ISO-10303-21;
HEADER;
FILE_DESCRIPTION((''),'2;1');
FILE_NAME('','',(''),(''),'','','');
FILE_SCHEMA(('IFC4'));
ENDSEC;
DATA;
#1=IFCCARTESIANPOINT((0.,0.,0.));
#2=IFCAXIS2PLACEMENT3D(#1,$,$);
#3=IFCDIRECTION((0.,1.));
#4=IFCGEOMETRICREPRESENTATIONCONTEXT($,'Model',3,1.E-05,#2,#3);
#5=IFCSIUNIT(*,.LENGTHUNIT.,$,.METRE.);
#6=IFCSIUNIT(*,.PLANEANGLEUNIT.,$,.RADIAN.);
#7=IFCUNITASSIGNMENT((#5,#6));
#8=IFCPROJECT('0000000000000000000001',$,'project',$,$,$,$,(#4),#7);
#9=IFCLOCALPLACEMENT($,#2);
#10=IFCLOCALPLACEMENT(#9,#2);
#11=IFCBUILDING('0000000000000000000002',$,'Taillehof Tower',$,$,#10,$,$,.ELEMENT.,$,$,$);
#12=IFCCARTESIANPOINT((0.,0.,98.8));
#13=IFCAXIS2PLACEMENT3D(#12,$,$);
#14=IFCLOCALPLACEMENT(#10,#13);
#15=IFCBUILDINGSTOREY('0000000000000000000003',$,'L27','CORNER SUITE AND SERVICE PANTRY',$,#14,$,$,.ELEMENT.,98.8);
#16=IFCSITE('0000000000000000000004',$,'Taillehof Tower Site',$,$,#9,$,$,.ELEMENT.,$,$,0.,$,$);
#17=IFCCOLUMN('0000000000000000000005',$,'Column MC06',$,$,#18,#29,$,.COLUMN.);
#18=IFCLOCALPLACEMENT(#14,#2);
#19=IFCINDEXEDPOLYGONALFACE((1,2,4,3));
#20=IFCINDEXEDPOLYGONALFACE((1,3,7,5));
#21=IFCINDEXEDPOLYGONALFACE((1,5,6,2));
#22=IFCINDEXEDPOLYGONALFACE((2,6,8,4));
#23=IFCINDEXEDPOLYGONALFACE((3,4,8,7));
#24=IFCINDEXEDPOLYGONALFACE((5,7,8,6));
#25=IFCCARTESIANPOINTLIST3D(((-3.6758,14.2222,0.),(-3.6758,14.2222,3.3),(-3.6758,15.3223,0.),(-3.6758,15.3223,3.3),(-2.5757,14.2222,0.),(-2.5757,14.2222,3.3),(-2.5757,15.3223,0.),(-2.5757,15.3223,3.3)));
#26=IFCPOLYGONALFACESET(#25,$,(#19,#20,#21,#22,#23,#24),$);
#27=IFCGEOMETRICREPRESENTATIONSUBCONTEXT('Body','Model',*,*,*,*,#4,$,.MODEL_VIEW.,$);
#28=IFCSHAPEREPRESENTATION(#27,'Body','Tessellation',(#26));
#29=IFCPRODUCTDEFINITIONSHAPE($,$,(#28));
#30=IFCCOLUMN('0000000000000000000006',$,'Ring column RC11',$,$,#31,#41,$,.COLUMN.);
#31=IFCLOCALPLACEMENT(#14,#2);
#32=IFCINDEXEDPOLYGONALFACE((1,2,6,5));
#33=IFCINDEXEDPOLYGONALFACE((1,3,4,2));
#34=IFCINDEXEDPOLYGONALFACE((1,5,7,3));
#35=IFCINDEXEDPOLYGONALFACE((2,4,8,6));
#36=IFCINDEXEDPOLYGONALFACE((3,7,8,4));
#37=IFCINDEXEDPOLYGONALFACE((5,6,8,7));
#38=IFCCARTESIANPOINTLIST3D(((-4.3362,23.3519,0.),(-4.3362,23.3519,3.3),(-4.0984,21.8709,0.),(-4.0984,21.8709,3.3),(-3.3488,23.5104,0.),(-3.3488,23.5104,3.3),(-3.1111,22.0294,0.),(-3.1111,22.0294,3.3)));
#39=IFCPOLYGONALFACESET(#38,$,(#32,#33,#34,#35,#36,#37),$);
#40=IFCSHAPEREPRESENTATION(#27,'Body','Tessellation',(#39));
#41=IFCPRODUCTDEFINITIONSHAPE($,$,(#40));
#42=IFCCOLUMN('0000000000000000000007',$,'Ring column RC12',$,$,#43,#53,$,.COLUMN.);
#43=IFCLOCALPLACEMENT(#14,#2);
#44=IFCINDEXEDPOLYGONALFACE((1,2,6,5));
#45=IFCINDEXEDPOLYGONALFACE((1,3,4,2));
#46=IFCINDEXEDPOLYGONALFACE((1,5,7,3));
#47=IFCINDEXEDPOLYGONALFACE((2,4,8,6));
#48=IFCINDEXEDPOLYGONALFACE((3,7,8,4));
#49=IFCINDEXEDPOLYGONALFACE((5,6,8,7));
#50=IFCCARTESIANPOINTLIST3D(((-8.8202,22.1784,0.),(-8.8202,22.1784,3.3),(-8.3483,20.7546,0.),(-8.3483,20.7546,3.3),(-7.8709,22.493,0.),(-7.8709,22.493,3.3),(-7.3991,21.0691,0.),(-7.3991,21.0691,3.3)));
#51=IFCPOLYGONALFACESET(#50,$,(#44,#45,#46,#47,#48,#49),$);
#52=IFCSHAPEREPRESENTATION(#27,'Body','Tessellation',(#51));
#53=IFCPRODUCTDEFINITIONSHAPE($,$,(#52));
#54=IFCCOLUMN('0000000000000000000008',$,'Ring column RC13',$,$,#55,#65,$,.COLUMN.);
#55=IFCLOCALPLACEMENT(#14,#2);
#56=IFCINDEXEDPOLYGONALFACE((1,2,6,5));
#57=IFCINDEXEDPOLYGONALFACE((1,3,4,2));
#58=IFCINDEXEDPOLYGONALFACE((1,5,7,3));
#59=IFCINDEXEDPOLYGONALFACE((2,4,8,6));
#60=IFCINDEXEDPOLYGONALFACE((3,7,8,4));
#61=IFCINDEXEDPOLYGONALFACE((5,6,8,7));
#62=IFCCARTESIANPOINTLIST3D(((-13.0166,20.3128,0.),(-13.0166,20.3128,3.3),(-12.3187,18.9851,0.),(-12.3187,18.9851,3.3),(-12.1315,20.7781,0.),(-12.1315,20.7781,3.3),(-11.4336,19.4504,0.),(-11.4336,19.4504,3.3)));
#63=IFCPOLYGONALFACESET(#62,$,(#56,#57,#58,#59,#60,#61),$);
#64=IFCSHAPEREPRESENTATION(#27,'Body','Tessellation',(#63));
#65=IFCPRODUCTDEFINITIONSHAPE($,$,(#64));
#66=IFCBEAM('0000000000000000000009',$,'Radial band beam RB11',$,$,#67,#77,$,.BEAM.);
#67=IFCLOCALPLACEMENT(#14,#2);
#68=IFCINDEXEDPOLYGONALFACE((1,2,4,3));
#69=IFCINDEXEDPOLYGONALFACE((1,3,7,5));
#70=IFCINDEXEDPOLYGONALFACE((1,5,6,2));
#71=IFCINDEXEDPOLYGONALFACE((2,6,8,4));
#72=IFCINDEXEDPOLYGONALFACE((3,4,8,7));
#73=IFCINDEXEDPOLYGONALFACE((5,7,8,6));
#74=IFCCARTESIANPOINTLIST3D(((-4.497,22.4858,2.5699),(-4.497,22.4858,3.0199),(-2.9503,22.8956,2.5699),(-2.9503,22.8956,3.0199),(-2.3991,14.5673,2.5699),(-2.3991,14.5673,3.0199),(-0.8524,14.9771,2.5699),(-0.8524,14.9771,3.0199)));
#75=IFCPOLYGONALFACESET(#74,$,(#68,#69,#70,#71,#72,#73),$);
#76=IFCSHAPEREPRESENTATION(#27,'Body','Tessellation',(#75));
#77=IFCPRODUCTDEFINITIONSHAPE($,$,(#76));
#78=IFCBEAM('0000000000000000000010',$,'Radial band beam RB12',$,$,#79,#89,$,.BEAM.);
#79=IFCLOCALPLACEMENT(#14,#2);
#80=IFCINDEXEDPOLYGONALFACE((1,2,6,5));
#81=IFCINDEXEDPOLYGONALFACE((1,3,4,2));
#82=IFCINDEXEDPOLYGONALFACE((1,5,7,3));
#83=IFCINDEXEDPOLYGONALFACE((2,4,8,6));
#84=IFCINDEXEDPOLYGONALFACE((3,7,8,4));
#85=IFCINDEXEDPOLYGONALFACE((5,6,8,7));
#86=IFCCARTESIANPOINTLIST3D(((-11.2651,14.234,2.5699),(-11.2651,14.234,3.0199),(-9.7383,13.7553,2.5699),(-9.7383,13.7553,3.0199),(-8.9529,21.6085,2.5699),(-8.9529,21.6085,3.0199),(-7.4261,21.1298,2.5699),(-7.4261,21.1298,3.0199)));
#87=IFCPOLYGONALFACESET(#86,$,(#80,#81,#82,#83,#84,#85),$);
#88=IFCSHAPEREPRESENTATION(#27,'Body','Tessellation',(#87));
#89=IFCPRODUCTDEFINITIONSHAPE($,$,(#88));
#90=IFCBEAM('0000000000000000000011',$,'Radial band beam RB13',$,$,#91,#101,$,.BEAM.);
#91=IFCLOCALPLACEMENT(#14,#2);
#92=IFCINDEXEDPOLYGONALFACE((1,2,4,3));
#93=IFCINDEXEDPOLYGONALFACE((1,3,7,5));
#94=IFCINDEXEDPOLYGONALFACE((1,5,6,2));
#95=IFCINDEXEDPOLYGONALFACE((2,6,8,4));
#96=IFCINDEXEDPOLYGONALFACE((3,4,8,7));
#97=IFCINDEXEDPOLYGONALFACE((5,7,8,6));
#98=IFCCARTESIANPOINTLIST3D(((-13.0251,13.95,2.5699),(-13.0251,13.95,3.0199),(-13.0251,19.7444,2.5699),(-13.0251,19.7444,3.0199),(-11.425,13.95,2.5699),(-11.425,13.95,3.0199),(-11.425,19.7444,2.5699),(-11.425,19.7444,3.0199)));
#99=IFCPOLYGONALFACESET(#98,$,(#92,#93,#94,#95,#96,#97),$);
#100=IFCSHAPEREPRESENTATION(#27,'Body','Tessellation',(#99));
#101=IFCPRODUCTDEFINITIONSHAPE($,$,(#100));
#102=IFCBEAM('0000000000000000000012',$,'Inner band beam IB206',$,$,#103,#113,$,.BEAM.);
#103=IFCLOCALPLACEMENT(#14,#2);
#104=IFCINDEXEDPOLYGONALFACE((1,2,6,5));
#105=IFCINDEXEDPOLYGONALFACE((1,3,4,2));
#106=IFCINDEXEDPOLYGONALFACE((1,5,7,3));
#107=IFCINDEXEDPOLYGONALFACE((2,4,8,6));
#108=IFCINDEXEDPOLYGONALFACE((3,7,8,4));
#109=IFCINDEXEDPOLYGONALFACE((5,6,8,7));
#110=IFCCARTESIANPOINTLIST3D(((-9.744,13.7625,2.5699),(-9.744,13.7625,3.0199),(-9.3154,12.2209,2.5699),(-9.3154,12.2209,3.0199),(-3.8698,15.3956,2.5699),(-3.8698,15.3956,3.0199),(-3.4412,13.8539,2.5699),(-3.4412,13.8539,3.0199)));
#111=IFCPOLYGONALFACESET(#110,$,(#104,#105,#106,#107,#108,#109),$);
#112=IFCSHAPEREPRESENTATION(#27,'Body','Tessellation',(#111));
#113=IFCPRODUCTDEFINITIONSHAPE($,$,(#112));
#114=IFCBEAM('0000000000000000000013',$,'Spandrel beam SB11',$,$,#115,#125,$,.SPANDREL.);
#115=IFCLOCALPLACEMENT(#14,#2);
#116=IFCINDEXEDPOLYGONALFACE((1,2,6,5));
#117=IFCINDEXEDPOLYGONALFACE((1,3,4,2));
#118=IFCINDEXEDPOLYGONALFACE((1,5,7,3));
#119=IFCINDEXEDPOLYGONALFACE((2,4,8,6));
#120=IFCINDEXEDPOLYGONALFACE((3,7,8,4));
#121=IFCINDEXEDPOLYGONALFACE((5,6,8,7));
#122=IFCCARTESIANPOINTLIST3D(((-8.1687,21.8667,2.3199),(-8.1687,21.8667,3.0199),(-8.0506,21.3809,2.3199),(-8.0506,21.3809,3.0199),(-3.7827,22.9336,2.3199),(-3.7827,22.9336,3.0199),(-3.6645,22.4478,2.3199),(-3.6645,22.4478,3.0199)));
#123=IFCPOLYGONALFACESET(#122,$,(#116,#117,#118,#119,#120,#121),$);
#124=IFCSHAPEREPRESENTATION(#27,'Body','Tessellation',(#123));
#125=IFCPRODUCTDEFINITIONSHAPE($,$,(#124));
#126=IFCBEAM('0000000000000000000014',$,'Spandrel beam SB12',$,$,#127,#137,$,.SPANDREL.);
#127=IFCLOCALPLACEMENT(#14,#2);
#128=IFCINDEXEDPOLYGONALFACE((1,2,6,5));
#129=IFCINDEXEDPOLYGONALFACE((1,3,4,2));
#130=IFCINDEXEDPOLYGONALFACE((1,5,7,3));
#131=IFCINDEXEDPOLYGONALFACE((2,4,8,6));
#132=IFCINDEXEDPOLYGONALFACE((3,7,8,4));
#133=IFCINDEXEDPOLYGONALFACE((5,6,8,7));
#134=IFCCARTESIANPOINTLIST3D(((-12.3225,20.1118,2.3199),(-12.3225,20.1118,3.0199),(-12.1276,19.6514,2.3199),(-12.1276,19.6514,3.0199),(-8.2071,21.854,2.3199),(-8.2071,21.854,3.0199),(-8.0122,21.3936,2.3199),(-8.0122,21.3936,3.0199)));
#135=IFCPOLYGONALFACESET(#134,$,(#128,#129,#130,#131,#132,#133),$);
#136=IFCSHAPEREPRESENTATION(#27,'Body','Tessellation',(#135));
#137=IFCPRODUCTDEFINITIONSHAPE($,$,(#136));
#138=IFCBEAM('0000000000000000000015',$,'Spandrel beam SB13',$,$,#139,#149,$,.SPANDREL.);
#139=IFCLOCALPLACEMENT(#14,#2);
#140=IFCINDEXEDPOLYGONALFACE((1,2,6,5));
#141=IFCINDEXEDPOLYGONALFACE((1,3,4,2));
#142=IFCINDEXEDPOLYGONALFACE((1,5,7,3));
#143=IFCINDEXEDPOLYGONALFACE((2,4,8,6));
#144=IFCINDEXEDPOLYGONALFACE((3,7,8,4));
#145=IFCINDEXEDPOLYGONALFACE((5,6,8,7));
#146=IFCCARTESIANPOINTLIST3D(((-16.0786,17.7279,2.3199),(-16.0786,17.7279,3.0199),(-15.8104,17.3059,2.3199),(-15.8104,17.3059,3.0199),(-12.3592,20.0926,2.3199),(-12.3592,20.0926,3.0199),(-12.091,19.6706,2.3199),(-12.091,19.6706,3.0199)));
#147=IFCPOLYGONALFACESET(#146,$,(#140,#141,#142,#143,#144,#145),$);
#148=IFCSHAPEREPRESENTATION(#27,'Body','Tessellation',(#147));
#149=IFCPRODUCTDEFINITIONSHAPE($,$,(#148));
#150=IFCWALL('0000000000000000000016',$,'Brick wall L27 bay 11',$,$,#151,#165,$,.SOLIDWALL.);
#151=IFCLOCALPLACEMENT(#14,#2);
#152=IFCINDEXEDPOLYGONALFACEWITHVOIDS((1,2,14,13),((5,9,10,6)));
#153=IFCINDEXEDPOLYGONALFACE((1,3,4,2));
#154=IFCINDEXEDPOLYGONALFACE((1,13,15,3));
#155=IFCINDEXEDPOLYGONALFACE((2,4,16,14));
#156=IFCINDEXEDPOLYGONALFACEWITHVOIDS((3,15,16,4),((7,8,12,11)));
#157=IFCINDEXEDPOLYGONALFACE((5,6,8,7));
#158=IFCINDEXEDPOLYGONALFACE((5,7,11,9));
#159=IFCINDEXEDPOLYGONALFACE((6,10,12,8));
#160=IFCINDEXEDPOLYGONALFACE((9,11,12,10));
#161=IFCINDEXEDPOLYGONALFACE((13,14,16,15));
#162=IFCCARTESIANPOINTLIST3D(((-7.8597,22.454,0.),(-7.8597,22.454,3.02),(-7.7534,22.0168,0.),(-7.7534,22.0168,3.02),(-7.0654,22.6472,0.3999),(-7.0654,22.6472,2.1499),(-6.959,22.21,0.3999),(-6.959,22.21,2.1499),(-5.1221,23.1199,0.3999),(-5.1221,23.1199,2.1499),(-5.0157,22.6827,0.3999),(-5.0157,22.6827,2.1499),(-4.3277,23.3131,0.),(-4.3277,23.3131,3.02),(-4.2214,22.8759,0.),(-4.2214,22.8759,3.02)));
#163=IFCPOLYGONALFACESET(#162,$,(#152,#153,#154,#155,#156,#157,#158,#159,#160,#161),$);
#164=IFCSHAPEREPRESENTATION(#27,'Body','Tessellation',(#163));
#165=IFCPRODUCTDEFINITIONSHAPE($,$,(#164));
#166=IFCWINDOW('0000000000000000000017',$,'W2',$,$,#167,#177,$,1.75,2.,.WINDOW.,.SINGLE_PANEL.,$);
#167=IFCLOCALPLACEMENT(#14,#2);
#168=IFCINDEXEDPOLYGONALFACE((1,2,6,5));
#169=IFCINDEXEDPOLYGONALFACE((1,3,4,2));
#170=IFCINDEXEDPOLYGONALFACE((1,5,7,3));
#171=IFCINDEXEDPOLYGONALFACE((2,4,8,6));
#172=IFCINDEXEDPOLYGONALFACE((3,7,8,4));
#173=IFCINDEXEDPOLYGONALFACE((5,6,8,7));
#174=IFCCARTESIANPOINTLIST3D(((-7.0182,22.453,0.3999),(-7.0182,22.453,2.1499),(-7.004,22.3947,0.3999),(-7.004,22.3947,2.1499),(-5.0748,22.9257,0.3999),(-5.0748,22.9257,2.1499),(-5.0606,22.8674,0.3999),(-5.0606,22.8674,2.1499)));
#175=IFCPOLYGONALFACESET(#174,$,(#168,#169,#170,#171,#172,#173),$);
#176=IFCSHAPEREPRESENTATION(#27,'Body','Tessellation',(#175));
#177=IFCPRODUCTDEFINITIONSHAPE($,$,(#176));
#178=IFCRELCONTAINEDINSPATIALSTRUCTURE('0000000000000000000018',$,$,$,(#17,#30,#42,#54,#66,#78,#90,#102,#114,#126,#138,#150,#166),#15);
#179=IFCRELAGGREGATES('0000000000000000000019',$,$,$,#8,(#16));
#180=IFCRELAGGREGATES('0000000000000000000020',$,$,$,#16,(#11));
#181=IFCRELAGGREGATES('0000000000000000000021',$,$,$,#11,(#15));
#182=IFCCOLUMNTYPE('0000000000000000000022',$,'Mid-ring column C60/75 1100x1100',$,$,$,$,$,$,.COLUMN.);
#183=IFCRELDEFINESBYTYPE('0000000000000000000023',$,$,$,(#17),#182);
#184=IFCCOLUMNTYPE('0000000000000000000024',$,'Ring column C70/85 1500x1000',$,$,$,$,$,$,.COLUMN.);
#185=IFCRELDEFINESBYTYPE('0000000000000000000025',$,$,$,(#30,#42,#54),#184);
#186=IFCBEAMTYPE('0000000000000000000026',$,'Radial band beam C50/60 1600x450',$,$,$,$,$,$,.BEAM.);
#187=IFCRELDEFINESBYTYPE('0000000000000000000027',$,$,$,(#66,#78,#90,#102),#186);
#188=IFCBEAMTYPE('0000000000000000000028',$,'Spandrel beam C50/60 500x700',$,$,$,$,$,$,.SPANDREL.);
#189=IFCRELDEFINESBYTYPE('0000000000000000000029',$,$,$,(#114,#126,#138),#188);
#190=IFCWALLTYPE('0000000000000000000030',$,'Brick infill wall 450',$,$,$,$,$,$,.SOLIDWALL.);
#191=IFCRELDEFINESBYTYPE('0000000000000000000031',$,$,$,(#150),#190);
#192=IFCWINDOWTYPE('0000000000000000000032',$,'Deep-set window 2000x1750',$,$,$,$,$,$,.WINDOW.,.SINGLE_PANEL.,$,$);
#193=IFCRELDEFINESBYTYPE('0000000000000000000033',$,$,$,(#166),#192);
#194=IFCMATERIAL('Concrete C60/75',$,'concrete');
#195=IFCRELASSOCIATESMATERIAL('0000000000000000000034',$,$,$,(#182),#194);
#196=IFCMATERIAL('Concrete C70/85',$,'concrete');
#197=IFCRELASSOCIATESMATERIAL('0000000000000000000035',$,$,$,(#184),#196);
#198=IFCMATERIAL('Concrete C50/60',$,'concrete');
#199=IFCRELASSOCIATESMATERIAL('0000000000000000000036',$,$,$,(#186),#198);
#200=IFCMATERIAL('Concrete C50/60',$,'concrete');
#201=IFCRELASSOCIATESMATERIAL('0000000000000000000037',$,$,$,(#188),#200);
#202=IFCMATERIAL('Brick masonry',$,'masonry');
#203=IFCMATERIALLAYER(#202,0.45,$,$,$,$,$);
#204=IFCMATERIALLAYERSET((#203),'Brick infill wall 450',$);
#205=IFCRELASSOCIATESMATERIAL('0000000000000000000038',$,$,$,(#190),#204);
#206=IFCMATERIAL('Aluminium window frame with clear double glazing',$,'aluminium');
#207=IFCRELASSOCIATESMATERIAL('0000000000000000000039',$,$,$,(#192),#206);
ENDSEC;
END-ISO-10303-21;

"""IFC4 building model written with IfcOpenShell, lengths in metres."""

from ifc_helpers import new_model, si_unit, direction, frame, frame_2d, origin, origin_2d, place, context, subcontext, project, spatial, rectangle, extrude, material, layer, layer_set, material_profile, profile_set, type_object, element, fill, save


model = new_model("IFC4")

# Units and contexts
model_context = context("Model", 3, precision=1e-05, world=origin(), true_north=direction((0.0, 1.0)))
body_context = subcontext(model_context, "Body", "Model", "MODEL_VIEW")
ifc_project = project(units=[si_unit("LENGTHUNIT", "METRE"), si_unit("PLANEANGLEUNIT", "RADIAN")], contexts=[model_context])

# Site, building, storey
site_placement = place(None, origin())
site = spatial("IfcSite", under=ifc_project, at=site_placement, Name="Taillehof Tower Site", CompositionType="ELEMENT", RefElevation=0.0)
building_placement = place(site_placement, origin())
building = spatial("IfcBuilding", under=site, at=building_placement, Name="Taillehof Tower", CompositionType="ELEMENT")
storey_placement = place(building_placement, frame((0.0, 0.0, 98.8)))
storey = spatial("IfcBuildingStorey", under=building, at=storey_placement, Name="L27", Description="CORNER SUITE AND SERVICE PANTRY", CompositionType="ELEMENT", Elevation=98.8)

# Columns
ifc_material_1 = material(Name="Concrete C60/75", Category="concrete")
ifc_material_profile_1 = material_profile(ifc_material_1, rectangle(XDim=1.1001, YDim=1.1001, at=origin_2d()), Name="RC 1100x1100")
ifc_profile_set_1 = profile_set([ifc_material_profile_1], Name="Concrete C60/75")
column_type_1 = type_object("IfcColumnType", Name="Mid-ring column C60/75 1100x1100", PredefinedType="COLUMN", material=ifc_profile_set_1)
column_placement = place(storey_placement, frame((-3.1257, 14.7722, 0.0), z_axis=(0.0, 0.0, 1.0), x_axis=(1.0, 0.0, 0.0)))
element("IfcColumn", 1, at=column_placement, inside=storey, type_object=column_type_1, Name="Column MC06", PredefinedType="COLUMN", context=body_context, shape_type="SweptSolid", body=[
    extrude(rectangle(XDim=1.1001, YDim=1.1001, at=origin_2d()), origin(), (0.0, 0.0, 1.0), 3.3),
])
ifc_material_2 = material(Name="Concrete C70/85", Category="concrete")
ifc_material_profile_2 = material_profile(ifc_material_2, rectangle(XDim=1.5, YDim=1.0, at=origin_2d()), Name="RC 1500x1000")
ifc_profile_set_2 = profile_set([ifc_material_profile_2], Name="Concrete C70/85")
column_type_2 = type_object("IfcColumnType", Name="Ring column C70/85 1500x1000", PredefinedType="COLUMN", material=ifc_profile_set_2)
for number, where, z_axis, x_axis, name in (
    (2, (-3.7236, 22.6907, 0.0), (0.0, 0.0, 1.0), (-0.158507, 0.987358, 0.0), "Ring column RC11"),
    (3, (-8.1096, 21.6238, 0.0), (0.0, 0.0, 1.0), (-0.314555, 0.949239, 0.0), "Ring column RC12"),
    (4, (-12.2251, 19.8816, 0.0), (0.0, 0.0, 1.0), (-0.465283, 0.885162, 0.0), "Ring column RC13"),
):
    element("IfcColumn", number, at=place(storey_placement, frame(where, z_axis=z_axis, x_axis=x_axis)), inside=storey, type_object=column_type_2, Name=name, PredefinedType="COLUMN", context=body_context, shape_type="SweptSolid", body=[
        extrude(rectangle(XDim=1.5, YDim=1.0, at=origin_2d()), origin(), (0.0, 0.0, 1.0), 3.3),
    ])

# Beams
ifc_material_3 = material(Name="Concrete C50/60", Category="concrete")
ifc_material_profile_3 = material_profile(ifc_material_3, rectangle(XDim=1.6001, YDim=0.45, at=origin_2d()), Name="RC 1600x450")
ifc_profile_set_3 = profile_set([ifc_material_profile_3], Name="Concrete C50/60")
beam_type_1 = type_object("IfcBeamType", Name="Radial band beam C50/60 1600x450", PredefinedType="BEAM", material=ifc_profile_set_3)
beam_1_placement = place(storey_placement, frame((-3.7236, 22.6907, 2.7949), z_axis=(0.256102, -0.96665, 0.0), x_axis=(0.96665, 0.256102, 0.0)))
element("IfcBeam", 5, at=beam_1_placement, inside=storey, type_object=beam_type_1, Name="Radial band beam RB11", PredefinedType="BEAM", context=body_context, shape_type="SweptSolid", body=[
    extrude(rectangle(XDim=1.6001, YDim=0.45, at=origin_2d()), origin(), (0.0, 0.0, 1.0), 8.1917),
])
beam_2_placement = place(storey_placement, frame((-8.1895, 21.3691, 2.7949), z_axis=(-0.299185, -0.954195, 0.0), x_axis=(0.954195, -0.299185, 0.0)))
element("IfcBeam", 6, at=beam_2_placement, inside=storey, type_object=beam_type_1, Name="Radial band beam RB12", PredefinedType="BEAM", context=body_context, shape_type="SweptSolid", body=[
    extrude(rectangle(XDim=1.6001, YDim=0.45, at=origin_2d()), origin(), (0.0, 0.0, 1.0), 7.7285),
])
beam_3_placement = place(storey_placement, frame((-12.2251, 19.7444, 2.7949), z_axis=(0.0, -1.0, 0.0), x_axis=(1.0, 0.0, 0.0)))
element("IfcBeam", 7, at=beam_3_placement, inside=storey, type_object=beam_type_1, Name="Radial band beam RB13", PredefinedType="BEAM", context=body_context, shape_type="SweptSolid", body=[
    extrude(rectangle(XDim=1.6001, YDim=0.45, at=origin_2d()), origin(), (0.0, 0.0, 1.0), 5.7944),
])
beam_4_placement = place(storey_placement, frame((-3.6555, 14.6248, 2.7949), z_axis=(-0.963459, -0.267855, 0.0), x_axis=(0.267855, -0.963459, 0.0)))
element("IfcBeam", 8, at=beam_4_placement, inside=storey, type_object=beam_type_1, Name="Inner band beam IB206", PredefinedType="BEAM", context=body_context, shape_type="SweptSolid", body=[
    extrude(rectangle(XDim=1.6001, YDim=0.45, at=origin_2d()), origin(), (0.0, 0.0, 1.0), 6.0969),
])
ifc_material_4 = material(Name="Concrete C50/60", Category="concrete")
ifc_material_profile_4 = material_profile(ifc_material_4, rectangle(XDim=0.5, YDim=0.7, at=origin_2d()), Name="RC 500x700")
ifc_profile_set_4 = profile_set([ifc_material_profile_4], Name="Concrete C50/60")
beam_type_2 = type_object("IfcBeamType", Name="Spandrel beam C50/60 500x700", PredefinedType="SPANDREL", material=ifc_profile_set_4)
beam_5_placement = place(storey_placement, frame((-3.7236, 22.6907, 2.6699), z_axis=(-0.971666, -0.236358, 0.0), x_axis=(0.236358, -0.971666, 0.0)))
element("IfcBeam", 9, at=beam_5_placement, inside=storey, type_object=beam_type_2, Name="Spandrel beam SB11", PredefinedType="SPANDREL", context=body_context, shape_type="SweptSolid", body=[
    extrude(rectangle(XDim=0.5, YDim=0.7, at=origin_2d()), origin(), (0.0, 0.0, 1.0), 4.5139),
])
beam_6_placement = place(storey_placement, frame((-8.1096, 21.6238, 2.6699), z_axis=(-0.920885, -0.389834, 0.0), x_axis=(0.389834, -0.920885, 0.0)))
element("IfcBeam", 10, at=beam_6_placement, inside=storey, type_object=beam_type_2, Name="Spandrel beam SB12", PredefinedType="SPANDREL", context=body_context, shape_type="SweptSolid", body=[
    extrude(rectangle(XDim=0.5, YDim=0.7, at=origin_2d()), origin(), (0.0, 0.0, 1.0), 4.469),
])
beam_7_placement = place(storey_placement, frame((-12.2251, 19.8816, 2.6699), z_axis=(-0.843887, -0.536521, 0.0), x_axis=(0.536521, -0.843887, 0.0)))
element("IfcBeam", 11, at=beam_7_placement, inside=storey, type_object=beam_type_2, Name="Spandrel beam SB13", PredefinedType="SPANDREL", context=body_context, shape_type="SweptSolid", body=[
    extrude(rectangle(XDim=0.5, YDim=0.7, at=origin_2d()), origin(), (0.0, 0.0, 1.0), 4.4075),
])

# Wall, opening, window
ifc_material_5 = material(Name="Brick masonry", Category="masonry")
ifc_layer_1 = layer(ifc_material_5, 0.45)
ifc_layer_set_1 = layer_set([ifc_layer_1], Name="Brick infill wall 450")
wall_type_1 = type_object("IfcWallType", Name="Brick infill wall 450", PredefinedType="SOLIDWALL", material=ifc_layer_set_1)
wall_1_placement = place(storey_placement, frame((-4.2747, 23.0945, 0.0), z_axis=(0.0, 0.0, 1.0), x_axis=(-0.971668, -0.236352, 0.0)))
wall_1 = element("IfcWall", 12, at=wall_1_placement, inside=storey, type_object=wall_type_1, Name="Brick wall L27 bay 11", PredefinedType="SOLIDWALL", context=body_context, shape_type="SweptSolid", body=[
    extrude(rectangle(XDim=3.635, YDim=0.45, at=frame_2d((1.8174, 0.0))), origin(), (0.0, 0.0, 1.0), 3.02),
])
opening_1_placement = place(wall_1_placement, frame((0.8174, 0.0, 0.3999)))
opening_1 = element("IfcOpeningElement", 13, at=opening_1_placement, cuts=wall_1, PredefinedType="OPENING", context=body_context, shape_type="SweptSolid", body=[
    extrude(rectangle(XDim=2.0, YDim=1.75, at=frame_2d((1.0, 0.875))), frame((0.0, 0.2349, 0.0), z_axis=(0.0, -1.0, 0.0), x_axis=(1.0, 0.0, 0.0)), (0.0, 0.0, 1.0), 0.47),
])
ifc_material_6 = material(Name="Aluminium window frame with clear double glazing", Category="aluminium")
window_type = type_object("IfcWindowType", Name="Deep-set window 2000x1750", PartitioningType="SINGLE_PANEL", PredefinedType="WINDOW", material=ifc_material_6)
window_1_placement = place(opening_1_placement, origin())
window_1 = element("IfcWindow", 14, at=window_1_placement, inside=storey, type_object=window_type, Name="W2", OverallHeight=1.75, OverallWidth=2.0, PartitioningType="SINGLE_PANEL", PredefinedType="WINDOW", context=body_context, shape_type="SweptSolid", body=[
    extrude(rectangle(XDim=2.0, YDim=1.75, at=frame_2d((1.0, 0.875))), frame((0.0, 0.0349, 0.0), z_axis=(0.0, -1.0, 0.0), x_axis=(1.0, 0.0, 0.0)), (0.0, 0.0, 1.0), 0.0601),
])
fill(opening_1, window_1)

save(model, "model.ifc")
